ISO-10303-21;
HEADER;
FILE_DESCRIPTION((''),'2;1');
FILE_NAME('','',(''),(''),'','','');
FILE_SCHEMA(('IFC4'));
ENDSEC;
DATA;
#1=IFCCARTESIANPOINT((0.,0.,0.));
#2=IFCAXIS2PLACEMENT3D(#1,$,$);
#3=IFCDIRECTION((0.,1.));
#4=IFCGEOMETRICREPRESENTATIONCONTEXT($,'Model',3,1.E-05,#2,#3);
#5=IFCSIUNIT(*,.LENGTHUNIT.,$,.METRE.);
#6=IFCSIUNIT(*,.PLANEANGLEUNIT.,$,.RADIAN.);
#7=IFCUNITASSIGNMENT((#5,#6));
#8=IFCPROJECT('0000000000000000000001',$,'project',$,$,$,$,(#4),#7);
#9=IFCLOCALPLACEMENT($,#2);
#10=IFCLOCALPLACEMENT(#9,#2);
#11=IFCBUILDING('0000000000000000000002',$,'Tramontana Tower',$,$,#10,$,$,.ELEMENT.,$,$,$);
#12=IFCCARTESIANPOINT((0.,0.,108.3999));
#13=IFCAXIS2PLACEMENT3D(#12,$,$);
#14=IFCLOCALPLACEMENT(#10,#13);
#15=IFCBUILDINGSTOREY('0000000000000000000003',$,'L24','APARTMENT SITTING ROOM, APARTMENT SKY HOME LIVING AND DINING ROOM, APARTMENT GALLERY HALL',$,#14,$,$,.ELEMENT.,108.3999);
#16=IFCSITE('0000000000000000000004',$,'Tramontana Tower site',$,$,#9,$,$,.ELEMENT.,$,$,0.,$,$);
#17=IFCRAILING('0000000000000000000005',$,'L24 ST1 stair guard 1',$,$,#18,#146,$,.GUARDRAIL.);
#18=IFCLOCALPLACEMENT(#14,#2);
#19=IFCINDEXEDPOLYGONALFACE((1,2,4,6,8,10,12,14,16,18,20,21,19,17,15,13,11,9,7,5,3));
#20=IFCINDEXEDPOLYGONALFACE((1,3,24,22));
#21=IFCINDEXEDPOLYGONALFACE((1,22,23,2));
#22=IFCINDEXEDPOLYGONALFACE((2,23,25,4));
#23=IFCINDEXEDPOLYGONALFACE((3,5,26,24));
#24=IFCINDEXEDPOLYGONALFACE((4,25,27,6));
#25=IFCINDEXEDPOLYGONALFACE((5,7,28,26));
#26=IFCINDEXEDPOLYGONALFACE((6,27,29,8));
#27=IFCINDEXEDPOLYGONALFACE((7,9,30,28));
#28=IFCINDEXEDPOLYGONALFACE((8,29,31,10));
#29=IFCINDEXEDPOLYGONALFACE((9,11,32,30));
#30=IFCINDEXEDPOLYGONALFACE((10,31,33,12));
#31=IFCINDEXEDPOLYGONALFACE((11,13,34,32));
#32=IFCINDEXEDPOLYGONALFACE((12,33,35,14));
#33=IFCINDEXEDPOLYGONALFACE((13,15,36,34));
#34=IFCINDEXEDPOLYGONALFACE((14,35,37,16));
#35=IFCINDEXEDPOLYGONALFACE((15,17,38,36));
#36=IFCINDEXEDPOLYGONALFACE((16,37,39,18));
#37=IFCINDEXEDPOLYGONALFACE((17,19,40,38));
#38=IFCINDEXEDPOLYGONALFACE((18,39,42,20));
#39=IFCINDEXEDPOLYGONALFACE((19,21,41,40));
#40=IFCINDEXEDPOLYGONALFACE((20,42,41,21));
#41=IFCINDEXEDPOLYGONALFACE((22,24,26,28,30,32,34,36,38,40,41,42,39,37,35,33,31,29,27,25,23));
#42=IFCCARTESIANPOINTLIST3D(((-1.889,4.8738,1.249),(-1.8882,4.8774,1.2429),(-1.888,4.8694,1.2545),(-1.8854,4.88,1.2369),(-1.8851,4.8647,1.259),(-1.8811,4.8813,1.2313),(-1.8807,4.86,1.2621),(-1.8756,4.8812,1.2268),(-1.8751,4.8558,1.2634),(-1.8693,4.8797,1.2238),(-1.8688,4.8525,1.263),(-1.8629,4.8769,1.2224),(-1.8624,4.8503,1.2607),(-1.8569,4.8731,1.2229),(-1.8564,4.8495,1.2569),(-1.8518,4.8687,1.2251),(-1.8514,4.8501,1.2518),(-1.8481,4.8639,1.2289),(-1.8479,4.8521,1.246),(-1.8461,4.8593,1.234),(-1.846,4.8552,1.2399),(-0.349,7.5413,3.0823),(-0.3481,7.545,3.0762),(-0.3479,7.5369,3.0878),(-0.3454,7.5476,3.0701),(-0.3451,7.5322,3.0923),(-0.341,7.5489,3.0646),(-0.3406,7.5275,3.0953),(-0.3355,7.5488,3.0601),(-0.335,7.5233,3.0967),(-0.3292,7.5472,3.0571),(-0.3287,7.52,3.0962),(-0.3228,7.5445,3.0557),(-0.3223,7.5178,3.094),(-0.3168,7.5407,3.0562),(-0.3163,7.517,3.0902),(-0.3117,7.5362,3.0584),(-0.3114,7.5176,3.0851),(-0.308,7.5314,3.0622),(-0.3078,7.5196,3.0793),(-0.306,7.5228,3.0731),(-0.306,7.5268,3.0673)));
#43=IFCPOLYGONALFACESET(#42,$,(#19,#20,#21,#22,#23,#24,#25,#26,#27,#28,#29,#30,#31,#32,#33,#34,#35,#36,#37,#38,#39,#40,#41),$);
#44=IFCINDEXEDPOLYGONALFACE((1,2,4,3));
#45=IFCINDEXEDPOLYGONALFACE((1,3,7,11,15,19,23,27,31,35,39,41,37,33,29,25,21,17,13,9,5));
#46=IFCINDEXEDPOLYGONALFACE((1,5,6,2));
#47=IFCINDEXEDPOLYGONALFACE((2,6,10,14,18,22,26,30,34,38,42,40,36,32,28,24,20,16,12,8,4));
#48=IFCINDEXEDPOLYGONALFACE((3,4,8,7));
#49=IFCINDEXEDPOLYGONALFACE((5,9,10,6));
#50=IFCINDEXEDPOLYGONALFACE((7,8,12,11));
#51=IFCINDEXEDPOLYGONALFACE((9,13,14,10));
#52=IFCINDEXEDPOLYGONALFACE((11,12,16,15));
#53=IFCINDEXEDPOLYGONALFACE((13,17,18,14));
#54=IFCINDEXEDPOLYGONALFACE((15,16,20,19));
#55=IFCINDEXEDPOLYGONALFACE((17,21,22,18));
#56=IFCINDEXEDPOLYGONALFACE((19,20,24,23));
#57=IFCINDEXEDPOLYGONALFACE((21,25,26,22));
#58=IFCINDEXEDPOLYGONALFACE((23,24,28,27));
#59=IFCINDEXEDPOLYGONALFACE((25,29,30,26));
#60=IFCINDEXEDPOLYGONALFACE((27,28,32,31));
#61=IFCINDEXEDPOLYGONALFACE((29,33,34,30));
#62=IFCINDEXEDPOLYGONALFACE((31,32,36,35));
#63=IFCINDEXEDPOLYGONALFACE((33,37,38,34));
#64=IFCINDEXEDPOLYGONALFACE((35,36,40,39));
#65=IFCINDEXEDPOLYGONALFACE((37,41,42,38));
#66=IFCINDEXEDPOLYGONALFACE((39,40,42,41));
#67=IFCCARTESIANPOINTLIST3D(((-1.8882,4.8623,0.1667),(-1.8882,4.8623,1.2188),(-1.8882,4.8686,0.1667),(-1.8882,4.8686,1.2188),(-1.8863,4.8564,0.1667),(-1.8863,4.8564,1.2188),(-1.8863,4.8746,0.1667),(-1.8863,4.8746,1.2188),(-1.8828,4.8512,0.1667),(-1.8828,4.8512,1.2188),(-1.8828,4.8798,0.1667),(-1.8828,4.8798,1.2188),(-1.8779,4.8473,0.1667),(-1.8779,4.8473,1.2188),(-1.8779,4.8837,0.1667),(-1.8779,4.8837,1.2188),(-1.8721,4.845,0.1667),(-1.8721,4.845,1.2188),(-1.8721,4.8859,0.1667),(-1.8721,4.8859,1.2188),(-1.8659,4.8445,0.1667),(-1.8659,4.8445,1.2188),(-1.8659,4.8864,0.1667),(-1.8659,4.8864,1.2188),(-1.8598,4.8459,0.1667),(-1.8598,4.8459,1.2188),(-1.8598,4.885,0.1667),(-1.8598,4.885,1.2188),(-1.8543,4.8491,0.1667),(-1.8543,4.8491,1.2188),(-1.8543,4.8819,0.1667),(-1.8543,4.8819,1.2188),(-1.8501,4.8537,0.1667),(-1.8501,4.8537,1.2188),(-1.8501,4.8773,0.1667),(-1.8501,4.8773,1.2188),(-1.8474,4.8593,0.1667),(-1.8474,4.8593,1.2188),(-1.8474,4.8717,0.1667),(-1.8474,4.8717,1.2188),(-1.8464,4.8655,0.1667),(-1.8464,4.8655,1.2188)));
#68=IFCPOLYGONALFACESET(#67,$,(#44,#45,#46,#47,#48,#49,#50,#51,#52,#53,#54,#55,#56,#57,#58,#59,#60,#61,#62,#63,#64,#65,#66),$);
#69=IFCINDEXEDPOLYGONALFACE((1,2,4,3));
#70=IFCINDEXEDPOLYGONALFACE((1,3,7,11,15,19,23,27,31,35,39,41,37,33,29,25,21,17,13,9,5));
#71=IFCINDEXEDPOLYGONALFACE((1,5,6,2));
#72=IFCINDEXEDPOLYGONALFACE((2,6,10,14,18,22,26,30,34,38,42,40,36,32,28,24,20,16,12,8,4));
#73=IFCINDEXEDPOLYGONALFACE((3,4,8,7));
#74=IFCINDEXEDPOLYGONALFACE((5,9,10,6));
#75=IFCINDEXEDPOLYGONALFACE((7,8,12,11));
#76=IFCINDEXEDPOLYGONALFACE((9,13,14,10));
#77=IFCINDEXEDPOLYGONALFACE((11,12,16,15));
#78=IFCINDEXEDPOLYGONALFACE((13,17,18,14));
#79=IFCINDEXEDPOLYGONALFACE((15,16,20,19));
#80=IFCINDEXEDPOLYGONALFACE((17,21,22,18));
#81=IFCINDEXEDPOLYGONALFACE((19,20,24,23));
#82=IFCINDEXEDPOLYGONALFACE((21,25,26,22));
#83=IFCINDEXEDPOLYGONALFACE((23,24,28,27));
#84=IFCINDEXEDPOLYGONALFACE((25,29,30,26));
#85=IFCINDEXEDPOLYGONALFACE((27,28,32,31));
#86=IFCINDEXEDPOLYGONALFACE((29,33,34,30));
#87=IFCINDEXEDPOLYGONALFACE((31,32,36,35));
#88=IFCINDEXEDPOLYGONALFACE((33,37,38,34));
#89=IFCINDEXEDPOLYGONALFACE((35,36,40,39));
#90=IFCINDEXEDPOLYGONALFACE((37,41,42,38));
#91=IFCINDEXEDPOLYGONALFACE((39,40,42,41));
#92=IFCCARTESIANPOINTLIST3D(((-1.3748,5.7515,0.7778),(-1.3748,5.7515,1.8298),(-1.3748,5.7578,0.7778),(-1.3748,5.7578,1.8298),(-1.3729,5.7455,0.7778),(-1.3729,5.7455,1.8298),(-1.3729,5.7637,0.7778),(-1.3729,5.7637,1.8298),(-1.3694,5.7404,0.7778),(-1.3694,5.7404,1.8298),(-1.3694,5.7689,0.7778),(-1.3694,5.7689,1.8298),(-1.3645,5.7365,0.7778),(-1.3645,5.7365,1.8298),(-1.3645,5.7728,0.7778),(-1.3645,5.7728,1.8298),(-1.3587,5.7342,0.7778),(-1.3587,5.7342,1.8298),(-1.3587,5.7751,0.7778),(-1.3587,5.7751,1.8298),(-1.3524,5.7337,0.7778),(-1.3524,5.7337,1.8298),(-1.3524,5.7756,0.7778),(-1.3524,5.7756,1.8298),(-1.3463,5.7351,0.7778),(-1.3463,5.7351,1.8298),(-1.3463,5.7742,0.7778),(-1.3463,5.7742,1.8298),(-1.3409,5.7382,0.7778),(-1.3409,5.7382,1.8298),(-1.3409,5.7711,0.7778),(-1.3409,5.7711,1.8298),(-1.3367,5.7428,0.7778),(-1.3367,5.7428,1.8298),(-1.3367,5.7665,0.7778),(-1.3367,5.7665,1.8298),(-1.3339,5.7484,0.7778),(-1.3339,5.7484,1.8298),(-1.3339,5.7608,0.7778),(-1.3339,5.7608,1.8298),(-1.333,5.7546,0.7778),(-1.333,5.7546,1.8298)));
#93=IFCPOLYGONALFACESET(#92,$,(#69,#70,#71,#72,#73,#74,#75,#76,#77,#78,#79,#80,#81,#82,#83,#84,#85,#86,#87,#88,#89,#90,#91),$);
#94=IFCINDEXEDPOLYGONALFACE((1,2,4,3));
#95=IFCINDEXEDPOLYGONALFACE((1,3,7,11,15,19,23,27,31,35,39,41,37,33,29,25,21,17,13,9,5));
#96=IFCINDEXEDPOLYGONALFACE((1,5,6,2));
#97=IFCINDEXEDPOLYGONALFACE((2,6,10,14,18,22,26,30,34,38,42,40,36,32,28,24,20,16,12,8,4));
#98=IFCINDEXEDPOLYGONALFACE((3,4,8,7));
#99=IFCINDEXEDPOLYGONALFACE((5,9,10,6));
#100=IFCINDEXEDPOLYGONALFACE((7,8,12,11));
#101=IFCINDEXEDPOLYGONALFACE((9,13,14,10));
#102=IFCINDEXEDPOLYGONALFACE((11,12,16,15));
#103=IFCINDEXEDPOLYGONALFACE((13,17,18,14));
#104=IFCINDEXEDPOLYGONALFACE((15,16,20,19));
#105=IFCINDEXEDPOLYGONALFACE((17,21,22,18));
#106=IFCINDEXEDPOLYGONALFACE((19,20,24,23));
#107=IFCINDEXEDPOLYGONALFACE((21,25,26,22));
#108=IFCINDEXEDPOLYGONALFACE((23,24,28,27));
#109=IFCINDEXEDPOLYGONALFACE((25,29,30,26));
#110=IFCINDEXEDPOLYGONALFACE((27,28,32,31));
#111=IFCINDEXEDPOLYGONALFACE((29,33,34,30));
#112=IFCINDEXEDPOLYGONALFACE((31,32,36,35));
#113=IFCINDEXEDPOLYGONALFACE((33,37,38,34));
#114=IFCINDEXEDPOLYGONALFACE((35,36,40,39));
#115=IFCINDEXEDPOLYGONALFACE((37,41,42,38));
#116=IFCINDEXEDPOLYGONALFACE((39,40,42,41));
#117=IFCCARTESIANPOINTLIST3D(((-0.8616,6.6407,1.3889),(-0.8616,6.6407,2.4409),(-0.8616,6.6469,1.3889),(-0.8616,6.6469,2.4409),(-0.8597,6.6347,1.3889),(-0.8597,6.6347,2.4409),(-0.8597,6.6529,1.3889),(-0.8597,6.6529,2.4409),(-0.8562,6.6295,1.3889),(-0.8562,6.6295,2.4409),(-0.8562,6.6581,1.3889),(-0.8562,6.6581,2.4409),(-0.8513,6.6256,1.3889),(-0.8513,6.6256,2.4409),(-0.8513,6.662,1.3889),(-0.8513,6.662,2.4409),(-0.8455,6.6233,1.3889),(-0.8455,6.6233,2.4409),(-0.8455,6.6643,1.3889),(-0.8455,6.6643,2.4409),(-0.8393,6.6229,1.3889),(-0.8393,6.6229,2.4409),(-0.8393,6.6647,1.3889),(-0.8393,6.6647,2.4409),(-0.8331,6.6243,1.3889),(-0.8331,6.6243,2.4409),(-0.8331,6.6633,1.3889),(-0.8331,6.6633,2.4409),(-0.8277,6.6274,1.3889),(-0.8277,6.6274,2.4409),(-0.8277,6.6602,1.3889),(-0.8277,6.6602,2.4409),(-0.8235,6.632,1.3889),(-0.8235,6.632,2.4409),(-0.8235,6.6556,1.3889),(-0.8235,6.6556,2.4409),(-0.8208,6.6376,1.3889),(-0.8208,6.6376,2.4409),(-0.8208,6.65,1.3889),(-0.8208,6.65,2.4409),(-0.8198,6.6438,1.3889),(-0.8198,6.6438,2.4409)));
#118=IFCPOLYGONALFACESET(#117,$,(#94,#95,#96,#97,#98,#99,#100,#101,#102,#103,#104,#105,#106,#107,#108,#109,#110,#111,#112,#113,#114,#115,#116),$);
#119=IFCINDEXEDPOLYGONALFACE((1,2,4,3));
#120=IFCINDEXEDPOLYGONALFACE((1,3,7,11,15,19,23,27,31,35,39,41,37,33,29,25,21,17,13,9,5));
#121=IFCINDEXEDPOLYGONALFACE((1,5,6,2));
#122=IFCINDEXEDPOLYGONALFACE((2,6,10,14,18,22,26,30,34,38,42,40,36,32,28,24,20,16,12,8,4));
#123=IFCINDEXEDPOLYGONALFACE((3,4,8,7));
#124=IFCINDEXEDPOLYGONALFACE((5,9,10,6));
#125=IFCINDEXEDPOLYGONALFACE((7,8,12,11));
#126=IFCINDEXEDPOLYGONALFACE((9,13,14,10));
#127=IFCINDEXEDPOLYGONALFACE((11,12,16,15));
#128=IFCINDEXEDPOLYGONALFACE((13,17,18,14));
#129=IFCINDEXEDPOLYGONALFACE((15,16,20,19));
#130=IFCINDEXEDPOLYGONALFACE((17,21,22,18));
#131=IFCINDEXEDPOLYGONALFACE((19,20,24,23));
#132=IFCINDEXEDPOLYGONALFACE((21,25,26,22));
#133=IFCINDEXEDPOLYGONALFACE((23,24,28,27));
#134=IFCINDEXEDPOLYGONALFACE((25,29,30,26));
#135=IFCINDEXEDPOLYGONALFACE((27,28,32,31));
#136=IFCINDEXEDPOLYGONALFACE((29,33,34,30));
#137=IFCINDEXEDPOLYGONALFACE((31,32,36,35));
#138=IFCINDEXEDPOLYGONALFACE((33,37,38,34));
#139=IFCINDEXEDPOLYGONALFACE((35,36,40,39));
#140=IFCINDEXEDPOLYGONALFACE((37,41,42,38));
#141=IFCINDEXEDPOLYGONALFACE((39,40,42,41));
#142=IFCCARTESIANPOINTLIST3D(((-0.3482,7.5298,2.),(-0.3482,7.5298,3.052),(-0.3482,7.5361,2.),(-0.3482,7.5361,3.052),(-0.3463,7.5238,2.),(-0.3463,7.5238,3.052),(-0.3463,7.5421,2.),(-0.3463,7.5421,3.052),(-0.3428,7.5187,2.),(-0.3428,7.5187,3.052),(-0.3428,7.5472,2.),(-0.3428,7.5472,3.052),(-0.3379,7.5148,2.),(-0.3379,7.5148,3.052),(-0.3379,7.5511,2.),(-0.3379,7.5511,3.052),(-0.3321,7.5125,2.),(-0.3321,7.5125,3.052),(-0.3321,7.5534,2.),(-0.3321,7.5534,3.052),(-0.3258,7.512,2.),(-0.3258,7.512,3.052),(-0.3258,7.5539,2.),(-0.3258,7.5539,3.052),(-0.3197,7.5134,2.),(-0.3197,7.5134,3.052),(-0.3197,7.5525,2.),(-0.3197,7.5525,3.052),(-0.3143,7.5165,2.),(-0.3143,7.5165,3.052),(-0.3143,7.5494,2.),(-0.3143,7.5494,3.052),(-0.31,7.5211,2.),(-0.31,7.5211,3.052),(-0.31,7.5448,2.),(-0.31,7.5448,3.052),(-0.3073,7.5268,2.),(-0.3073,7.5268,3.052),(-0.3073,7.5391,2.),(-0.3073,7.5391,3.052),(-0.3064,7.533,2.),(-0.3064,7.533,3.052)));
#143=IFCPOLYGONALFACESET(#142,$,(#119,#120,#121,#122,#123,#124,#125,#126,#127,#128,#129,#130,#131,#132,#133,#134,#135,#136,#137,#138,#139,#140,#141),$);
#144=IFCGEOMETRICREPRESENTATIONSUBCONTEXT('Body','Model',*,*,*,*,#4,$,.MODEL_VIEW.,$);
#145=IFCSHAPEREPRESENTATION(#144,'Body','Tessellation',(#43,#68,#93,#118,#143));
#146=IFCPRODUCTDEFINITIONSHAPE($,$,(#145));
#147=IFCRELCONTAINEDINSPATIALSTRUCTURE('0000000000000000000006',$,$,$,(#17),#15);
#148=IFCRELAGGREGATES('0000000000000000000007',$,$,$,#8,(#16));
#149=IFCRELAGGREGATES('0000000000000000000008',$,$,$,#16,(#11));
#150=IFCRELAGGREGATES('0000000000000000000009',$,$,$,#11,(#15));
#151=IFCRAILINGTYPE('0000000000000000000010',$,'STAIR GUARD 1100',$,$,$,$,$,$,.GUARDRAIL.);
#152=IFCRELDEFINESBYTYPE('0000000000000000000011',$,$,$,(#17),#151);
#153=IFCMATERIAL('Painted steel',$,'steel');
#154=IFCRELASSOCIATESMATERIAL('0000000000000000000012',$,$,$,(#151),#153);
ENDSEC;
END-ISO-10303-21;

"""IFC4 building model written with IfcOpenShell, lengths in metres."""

from ifc_helpers import new_model, si_unit, direction, frame, origin, origin_2d, place, context, subcontext, project, spatial, circle, extrude, material, type_object, element, save


model = new_model("IFC4")

# Units and contexts
model_context = context("Model", 3, precision=1e-05, world=origin(), true_north=direction((0.0, 1.0)))
body_context = subcontext(model_context, "Body", "Model", "MODEL_VIEW")
ifc_project = project(units=[si_unit("LENGTHUNIT", "METRE"), si_unit("PLANEANGLEUNIT", "RADIAN")], contexts=[model_context])

# Site, building, storey
site_placement = place(None, origin())
site = spatial("IfcSite", under=ifc_project, at=site_placement, Name="Tramontana Tower site", CompositionType="ELEMENT", RefElevation=0.0)
building_placement = place(site_placement, origin())
building = spatial("IfcBuilding", under=site, at=building_placement, Name="Tramontana Tower", CompositionType="ELEMENT")
storey_placement = place(building_placement, frame((0.0, 0.0, 108.3999)))
storey = spatial("IfcBuildingStorey", under=building, at=storey_placement, Name="L24", Description="APARTMENT SITTING ROOM, APARTMENT SKY HOME LIVING AND DINING ROOM, APARTMENT GALLERY HALL", CompositionType="ELEMENT", Elevation=108.3999)

# Railing
ifc_material_1 = material(Name="Painted steel", Category="steel")
railing_type_1 = type_object("IfcRailingType", Name="STAIR GUARD 1100", PredefinedType="GUARDRAIL", material=ifc_material_1)
railing_1_placement = place(storey_placement, frame((-1.8674, 4.8655, 0.1667)))
element("IfcRailing", 1, at=railing_1_placement, inside=storey, type_object=railing_type_1, Name="L24 ST1 stair guard 1", PredefinedType="GUARDRAIL", context=body_context, shape_type="SweptSolid", body=[
    extrude(circle(Radius=0.0239, at=origin_2d()), frame((0.0, 0.0, 1.0762), z_axis=(0.429649, 0.74419, 0.511452), x_axis=(-0.86603, 0.499992, 0.0)), (0.0, 0.0, 1.0), 3.5845),
    extrude(circle(Radius=0.021, at=origin_2d()), origin(), (0.0, 0.0, 1.0), 1.052),
    extrude(circle(Radius=0.021, at=origin_2d()), frame((0.5134, 0.8892, 0.6111)), (0.0, 0.0, 1.0), 1.052),
    extrude(circle(Radius=0.021, at=origin_2d()), frame((1.0266, 1.7783, 1.2222)), (0.0, 0.0, 1.0), 1.052),
    extrude(circle(Radius=0.021, at=origin_2d()), frame((1.54, 2.6675, 1.8333)), (0.0, 0.0, 1.0), 1.052),
])

save(model, "model.ifc")
